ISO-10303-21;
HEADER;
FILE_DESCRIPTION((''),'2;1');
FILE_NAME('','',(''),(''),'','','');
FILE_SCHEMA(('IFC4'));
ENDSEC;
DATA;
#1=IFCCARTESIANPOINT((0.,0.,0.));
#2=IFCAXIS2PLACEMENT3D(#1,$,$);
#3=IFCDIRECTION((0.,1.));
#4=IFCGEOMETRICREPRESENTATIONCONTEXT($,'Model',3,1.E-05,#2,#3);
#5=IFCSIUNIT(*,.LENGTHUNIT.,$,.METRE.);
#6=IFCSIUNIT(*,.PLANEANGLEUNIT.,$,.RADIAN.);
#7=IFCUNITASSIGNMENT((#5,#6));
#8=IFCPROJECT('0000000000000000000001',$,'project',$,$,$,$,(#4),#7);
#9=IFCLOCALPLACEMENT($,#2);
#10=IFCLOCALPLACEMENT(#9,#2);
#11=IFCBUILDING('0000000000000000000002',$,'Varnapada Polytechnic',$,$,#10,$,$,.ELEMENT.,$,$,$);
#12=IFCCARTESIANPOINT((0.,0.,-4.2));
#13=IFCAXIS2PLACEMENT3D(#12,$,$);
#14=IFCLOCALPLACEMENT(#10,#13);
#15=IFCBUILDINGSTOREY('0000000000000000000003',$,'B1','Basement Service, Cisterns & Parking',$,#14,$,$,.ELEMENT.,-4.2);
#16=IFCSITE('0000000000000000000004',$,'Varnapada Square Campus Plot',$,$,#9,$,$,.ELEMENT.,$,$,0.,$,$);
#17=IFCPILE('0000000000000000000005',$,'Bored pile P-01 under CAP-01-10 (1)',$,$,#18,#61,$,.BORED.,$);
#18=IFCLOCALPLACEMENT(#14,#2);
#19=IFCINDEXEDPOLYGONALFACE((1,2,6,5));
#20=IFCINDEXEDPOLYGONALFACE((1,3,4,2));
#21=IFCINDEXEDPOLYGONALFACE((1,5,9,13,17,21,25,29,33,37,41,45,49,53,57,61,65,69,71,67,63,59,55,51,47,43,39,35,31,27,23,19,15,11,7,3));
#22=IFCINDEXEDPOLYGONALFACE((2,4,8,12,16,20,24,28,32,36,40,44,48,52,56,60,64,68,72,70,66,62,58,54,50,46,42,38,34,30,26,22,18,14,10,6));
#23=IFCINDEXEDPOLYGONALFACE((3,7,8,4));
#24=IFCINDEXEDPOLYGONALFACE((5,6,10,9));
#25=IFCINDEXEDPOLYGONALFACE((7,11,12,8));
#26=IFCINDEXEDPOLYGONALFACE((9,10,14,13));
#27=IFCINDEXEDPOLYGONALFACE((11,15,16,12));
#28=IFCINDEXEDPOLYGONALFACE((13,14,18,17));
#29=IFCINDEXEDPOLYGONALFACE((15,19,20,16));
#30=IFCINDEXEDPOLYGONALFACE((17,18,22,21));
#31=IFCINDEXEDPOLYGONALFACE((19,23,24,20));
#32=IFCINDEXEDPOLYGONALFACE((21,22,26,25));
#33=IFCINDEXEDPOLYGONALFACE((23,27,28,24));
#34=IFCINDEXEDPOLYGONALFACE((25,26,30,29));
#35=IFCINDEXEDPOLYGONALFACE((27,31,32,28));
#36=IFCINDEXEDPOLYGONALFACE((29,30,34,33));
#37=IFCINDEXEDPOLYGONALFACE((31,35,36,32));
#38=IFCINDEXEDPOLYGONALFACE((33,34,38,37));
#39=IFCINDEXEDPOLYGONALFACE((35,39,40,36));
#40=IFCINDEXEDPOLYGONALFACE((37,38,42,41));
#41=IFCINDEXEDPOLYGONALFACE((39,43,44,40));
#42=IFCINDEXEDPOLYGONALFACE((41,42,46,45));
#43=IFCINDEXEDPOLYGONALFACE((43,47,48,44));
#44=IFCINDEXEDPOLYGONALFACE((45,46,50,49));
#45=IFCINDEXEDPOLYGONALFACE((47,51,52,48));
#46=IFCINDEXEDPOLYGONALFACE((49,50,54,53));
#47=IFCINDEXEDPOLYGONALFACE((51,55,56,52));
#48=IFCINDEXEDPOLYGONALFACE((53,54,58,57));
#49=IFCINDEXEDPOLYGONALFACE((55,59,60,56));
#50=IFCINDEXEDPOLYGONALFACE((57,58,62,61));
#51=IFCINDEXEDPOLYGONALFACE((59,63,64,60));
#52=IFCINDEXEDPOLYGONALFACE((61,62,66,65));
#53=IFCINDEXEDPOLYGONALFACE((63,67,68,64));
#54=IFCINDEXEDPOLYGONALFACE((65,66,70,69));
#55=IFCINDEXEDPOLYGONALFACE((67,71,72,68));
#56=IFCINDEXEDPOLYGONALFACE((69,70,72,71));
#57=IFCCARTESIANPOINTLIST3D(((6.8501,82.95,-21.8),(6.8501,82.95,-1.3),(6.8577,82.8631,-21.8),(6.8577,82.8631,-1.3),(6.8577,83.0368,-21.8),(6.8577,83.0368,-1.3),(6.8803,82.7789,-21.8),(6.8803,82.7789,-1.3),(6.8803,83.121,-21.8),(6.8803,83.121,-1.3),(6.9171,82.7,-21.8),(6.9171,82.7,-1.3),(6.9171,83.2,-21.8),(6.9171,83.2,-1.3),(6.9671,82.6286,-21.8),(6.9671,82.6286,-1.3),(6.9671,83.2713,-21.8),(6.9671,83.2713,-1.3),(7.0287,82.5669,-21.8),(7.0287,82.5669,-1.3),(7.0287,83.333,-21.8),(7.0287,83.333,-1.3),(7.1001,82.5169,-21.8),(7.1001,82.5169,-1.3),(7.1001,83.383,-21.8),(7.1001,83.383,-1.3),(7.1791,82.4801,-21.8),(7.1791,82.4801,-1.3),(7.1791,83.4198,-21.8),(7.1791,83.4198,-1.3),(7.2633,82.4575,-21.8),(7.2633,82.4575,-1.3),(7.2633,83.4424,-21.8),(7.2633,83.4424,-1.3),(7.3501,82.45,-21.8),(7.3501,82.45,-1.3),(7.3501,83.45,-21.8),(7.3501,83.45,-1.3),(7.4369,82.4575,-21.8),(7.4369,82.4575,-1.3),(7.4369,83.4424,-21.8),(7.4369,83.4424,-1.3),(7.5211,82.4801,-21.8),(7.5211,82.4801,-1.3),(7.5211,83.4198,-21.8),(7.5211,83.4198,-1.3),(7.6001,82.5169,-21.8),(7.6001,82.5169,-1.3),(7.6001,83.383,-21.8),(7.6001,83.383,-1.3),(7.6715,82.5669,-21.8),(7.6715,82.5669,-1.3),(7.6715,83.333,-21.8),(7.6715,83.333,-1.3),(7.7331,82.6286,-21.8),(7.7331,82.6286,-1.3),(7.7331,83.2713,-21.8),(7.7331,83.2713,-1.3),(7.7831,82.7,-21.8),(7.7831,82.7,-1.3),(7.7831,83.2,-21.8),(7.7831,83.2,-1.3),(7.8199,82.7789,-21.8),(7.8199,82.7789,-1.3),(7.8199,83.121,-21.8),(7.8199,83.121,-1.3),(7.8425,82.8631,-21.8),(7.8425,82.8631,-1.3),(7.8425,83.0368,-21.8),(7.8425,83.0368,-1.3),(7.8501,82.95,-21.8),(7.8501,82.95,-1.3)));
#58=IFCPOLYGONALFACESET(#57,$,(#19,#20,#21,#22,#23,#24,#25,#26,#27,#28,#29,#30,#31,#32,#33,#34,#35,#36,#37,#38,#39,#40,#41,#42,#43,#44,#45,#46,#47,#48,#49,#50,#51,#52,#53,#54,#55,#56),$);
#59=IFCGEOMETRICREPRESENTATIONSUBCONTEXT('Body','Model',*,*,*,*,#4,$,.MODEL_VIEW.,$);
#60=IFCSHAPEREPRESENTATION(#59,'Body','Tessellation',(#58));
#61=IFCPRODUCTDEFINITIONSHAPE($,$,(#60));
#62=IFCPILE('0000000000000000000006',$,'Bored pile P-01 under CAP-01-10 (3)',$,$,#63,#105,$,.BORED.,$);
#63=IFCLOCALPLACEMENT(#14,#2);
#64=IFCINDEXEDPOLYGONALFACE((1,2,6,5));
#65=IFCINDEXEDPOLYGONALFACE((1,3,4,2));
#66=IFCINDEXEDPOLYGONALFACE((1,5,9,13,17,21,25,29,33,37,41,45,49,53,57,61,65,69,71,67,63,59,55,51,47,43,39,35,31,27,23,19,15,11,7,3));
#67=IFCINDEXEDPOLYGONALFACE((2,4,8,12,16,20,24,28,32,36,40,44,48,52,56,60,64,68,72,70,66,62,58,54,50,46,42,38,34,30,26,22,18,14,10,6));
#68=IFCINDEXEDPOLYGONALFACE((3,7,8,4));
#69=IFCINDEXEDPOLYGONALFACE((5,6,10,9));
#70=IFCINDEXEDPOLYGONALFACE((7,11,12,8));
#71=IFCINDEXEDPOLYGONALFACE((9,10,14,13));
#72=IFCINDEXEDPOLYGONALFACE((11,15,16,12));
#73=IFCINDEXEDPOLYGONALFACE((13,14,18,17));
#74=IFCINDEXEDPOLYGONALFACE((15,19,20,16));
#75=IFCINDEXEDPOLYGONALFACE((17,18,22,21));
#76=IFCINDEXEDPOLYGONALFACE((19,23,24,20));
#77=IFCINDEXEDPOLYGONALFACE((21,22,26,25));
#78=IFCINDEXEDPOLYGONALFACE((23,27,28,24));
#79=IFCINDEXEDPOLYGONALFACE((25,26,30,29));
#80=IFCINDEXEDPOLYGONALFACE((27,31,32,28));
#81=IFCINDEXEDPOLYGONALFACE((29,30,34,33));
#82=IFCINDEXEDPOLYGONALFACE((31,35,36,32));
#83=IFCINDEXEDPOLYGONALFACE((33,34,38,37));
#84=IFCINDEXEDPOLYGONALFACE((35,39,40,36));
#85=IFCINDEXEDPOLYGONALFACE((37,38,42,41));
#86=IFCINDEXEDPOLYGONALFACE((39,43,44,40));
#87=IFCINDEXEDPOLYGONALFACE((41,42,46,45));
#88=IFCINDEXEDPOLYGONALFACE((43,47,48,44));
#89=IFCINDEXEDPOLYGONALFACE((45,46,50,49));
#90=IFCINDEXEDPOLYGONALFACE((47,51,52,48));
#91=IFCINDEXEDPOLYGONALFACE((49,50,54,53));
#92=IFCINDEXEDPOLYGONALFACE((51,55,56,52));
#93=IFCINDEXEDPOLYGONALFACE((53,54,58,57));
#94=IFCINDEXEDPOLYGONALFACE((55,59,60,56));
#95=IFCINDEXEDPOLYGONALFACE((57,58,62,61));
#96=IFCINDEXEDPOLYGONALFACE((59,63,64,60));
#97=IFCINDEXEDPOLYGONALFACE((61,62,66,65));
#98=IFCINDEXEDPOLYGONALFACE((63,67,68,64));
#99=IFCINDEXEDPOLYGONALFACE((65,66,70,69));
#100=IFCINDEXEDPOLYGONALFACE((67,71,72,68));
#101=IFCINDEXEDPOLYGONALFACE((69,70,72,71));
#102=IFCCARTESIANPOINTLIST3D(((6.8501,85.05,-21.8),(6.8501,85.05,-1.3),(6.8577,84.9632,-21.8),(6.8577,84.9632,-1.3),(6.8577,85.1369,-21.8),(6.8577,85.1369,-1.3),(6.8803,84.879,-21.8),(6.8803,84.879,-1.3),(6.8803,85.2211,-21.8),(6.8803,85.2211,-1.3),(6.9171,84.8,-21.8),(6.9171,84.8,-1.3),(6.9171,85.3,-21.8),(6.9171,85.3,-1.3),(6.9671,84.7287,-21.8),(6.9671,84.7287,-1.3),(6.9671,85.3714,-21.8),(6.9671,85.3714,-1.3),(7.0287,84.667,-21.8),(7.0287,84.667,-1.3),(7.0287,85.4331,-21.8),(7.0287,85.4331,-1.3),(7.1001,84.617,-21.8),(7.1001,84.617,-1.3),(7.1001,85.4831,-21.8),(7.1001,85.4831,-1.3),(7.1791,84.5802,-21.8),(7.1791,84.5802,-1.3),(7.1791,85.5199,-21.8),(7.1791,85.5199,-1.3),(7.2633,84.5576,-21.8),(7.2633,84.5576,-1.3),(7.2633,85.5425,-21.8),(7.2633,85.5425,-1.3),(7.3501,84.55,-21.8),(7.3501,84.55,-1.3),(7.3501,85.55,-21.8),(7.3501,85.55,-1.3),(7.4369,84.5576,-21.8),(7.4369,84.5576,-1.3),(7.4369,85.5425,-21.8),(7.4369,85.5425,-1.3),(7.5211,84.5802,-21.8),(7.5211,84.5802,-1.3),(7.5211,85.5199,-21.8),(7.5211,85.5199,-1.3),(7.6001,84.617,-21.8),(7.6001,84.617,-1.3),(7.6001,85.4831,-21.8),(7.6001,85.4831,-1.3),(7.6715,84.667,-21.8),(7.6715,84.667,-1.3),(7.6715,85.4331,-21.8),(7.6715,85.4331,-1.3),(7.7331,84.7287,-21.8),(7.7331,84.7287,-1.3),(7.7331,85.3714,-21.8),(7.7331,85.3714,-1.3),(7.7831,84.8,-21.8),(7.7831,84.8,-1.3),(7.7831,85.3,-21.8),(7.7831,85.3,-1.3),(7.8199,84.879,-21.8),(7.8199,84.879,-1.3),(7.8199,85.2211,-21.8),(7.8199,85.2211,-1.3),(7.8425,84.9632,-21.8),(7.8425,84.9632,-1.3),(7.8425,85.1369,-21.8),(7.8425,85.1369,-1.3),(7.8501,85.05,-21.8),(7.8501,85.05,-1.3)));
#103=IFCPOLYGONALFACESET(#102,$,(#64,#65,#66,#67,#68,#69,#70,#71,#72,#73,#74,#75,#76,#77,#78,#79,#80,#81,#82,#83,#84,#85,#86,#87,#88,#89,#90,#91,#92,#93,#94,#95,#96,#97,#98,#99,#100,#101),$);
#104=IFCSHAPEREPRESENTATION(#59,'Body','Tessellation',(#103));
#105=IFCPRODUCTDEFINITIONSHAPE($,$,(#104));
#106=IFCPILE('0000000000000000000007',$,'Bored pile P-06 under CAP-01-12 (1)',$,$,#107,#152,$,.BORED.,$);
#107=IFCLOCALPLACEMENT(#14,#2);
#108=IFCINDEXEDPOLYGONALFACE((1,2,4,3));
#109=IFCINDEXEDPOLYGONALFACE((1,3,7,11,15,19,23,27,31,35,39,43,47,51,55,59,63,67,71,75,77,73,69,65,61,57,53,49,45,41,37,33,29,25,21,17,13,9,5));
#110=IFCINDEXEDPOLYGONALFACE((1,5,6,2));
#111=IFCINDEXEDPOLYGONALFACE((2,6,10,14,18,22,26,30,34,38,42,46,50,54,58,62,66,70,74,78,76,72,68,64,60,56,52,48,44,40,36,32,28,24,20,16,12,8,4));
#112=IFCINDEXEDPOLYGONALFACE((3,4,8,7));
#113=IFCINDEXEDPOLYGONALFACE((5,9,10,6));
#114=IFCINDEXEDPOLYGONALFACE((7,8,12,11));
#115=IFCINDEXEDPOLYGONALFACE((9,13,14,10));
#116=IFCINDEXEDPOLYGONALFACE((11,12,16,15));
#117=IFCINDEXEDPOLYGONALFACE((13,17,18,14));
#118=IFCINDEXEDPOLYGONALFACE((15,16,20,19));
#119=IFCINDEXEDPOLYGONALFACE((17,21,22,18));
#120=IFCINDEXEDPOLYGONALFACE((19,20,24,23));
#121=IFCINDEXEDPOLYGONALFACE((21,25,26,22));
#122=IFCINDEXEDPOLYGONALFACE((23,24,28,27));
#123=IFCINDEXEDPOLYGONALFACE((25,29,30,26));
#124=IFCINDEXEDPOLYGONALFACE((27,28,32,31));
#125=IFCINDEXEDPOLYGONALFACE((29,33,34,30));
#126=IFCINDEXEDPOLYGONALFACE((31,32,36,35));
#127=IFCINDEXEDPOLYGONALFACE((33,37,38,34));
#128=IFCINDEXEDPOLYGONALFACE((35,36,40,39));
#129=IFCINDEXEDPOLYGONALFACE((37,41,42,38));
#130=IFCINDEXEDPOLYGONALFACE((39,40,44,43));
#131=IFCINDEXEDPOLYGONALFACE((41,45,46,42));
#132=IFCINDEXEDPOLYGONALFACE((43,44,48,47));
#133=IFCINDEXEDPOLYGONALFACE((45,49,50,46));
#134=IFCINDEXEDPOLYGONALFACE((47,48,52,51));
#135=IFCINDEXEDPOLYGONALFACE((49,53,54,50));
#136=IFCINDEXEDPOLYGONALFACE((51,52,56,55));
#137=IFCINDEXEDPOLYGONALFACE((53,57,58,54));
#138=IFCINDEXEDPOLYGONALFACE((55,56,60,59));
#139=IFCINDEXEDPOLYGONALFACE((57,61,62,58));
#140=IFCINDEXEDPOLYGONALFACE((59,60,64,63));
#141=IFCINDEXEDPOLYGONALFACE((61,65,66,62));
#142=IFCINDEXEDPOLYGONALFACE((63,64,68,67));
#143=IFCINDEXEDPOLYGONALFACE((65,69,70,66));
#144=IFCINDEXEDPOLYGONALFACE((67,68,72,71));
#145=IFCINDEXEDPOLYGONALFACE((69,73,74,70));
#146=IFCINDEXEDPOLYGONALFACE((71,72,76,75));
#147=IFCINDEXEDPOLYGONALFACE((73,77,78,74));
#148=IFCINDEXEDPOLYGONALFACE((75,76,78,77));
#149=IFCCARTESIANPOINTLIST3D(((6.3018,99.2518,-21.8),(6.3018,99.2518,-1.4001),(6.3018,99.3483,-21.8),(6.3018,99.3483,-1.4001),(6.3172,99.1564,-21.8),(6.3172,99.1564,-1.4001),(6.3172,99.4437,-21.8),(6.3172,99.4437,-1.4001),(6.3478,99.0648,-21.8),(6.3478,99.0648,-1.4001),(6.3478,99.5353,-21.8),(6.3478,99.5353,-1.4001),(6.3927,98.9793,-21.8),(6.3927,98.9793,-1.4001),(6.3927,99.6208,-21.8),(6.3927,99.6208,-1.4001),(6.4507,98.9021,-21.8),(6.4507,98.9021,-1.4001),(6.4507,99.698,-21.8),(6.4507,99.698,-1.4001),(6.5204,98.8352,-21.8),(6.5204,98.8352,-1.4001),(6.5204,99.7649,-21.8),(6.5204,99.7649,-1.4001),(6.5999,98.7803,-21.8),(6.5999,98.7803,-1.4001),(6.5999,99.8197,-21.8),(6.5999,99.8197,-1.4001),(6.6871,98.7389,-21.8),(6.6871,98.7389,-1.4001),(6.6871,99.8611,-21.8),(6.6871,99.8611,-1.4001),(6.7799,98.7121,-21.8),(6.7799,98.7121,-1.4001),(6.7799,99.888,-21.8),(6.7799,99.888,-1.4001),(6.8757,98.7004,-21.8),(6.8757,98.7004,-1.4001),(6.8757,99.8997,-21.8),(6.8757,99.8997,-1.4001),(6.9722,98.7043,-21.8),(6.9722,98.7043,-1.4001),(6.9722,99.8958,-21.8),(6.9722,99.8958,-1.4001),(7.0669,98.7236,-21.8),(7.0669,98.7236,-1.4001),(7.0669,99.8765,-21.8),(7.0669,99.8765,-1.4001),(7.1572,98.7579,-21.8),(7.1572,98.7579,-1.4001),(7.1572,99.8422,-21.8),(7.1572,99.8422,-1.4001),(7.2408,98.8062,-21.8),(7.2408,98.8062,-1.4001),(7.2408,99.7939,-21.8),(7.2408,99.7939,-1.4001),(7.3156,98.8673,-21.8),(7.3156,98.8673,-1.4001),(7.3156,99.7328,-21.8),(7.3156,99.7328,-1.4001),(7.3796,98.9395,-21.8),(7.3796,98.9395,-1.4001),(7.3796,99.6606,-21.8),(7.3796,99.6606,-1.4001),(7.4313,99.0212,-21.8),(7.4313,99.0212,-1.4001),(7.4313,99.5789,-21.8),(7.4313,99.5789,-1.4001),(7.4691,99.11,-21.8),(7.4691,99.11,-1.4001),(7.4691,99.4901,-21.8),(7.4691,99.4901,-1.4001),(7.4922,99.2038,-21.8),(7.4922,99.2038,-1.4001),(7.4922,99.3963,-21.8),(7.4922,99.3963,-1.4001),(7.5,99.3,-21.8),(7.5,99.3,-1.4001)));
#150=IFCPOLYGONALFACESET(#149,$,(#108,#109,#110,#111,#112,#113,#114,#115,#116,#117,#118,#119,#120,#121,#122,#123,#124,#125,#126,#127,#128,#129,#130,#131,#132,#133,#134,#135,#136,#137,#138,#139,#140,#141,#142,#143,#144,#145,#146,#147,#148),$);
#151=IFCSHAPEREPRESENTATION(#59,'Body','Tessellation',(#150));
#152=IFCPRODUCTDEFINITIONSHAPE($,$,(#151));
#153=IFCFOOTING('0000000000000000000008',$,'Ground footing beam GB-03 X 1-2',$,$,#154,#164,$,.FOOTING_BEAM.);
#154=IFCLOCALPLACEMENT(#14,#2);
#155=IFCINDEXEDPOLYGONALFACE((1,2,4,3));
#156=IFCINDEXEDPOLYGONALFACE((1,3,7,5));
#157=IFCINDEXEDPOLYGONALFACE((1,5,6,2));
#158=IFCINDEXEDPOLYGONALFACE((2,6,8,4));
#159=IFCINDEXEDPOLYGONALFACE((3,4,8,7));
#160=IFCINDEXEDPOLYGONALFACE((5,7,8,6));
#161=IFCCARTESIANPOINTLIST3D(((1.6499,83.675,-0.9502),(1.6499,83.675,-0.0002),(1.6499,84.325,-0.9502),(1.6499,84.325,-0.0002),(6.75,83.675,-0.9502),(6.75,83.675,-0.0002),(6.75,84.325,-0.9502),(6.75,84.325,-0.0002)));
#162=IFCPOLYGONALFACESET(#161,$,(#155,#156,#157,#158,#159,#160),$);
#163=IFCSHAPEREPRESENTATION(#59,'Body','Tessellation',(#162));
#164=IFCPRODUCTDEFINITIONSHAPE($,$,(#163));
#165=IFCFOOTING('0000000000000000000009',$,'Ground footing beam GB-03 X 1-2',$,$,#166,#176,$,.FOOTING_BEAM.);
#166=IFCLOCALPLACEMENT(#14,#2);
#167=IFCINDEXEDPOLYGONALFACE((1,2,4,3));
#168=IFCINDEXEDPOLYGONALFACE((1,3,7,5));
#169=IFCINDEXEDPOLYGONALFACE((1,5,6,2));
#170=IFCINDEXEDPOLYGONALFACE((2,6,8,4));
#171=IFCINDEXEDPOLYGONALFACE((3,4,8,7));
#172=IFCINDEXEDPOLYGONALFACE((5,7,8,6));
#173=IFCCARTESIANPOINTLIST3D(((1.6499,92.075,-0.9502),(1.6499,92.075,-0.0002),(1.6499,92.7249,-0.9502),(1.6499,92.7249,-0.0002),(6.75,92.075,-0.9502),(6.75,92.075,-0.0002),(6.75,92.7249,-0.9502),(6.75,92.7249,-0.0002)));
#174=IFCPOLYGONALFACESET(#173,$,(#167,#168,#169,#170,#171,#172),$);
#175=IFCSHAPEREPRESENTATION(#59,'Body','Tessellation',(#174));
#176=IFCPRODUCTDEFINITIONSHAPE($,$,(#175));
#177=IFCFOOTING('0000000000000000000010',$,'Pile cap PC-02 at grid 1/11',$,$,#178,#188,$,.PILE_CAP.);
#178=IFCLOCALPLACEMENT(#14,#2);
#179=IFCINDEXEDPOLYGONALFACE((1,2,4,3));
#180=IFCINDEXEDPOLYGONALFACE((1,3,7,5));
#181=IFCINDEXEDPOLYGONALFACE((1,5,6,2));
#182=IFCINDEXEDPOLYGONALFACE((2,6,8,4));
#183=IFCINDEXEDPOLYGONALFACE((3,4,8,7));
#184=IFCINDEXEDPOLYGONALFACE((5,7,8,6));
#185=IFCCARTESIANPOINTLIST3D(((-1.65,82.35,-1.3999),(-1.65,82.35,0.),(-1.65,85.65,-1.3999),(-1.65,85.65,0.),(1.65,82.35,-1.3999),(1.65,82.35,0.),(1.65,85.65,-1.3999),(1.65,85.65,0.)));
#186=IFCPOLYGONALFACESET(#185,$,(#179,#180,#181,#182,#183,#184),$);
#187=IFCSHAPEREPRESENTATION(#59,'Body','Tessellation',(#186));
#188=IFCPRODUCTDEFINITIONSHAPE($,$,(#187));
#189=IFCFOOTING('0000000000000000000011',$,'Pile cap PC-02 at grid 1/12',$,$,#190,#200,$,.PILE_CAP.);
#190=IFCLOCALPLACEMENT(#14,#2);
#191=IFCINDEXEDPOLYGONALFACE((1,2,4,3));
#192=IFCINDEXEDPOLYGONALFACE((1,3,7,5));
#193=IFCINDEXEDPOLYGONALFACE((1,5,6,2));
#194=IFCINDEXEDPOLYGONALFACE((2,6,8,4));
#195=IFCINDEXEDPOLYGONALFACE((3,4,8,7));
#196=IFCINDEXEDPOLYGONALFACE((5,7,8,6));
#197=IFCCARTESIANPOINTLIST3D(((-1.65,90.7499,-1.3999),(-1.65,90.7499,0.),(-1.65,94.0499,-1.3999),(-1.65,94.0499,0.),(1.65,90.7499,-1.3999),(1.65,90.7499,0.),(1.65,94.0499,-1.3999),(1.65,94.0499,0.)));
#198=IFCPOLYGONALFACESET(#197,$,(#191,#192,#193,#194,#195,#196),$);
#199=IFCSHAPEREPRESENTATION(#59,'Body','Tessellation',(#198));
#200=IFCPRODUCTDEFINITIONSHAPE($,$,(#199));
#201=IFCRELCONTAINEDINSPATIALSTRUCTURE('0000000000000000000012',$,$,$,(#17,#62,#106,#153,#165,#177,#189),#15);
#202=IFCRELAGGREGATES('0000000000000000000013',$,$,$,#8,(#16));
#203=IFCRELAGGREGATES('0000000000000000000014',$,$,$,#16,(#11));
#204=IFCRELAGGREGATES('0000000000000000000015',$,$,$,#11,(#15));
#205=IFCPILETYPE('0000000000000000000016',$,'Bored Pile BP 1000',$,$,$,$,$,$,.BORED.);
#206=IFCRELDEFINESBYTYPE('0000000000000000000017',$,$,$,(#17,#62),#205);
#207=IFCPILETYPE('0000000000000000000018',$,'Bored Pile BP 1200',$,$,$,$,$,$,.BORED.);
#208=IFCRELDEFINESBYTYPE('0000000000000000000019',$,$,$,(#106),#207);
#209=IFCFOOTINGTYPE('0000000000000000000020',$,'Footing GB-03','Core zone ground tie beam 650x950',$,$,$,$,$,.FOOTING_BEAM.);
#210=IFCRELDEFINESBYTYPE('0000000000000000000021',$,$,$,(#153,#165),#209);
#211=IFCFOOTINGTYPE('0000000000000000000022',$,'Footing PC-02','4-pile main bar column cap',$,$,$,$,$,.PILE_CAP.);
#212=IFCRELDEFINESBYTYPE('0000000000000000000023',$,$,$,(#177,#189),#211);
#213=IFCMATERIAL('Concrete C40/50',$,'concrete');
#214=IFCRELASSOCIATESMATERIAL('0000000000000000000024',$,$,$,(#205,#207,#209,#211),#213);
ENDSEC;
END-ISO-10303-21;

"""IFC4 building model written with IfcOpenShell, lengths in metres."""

from ifc_helpers import new_model, si_unit, direction, frame, origin, origin_2d, place, context, subcontext, project, spatial, rectangle, circle, extrude, material, material_profile, profile_set, type_object, element, save


model = new_model("IFC4")

# Units and contexts
model_context = context("Model", 3, precision=1e-05, world=origin(), true_north=direction((0.0, 1.0)))
body_context = subcontext(model_context, "Body", "Model", "MODEL_VIEW")
ifc_project = project(units=[si_unit("LENGTHUNIT", "METRE"), si_unit("PLANEANGLEUNIT", "RADIAN")], contexts=[model_context])

# Site, building, storey
site_placement = place(None, origin())
site = spatial("IfcSite", under=ifc_project, at=site_placement, Name="Varnapada Square Campus Plot", CompositionType="ELEMENT", RefElevation=0.0)
building_placement = place(site_placement, origin())
building = spatial("IfcBuilding", under=site, at=building_placement, Name="Varnapada Polytechnic", CompositionType="ELEMENT")
storey_placement = place(building_placement, frame((0.0, 0.0, -4.2)))
storey = spatial("IfcBuildingStorey", under=building, at=storey_placement, Name="B1", Description="Basement Service, Cisterns & Parking", CompositionType="ELEMENT", Elevation=-4.2)

# Piles
ifc_material_1 = material(Name="Concrete C40/50", Category="concrete")
ifc_material_profile_1 = material_profile(ifc_material_1, circle(Radius=0.5, at=origin_2d()), Name="BP 1000")
ifc_profile_set_1 = profile_set([ifc_material_profile_1], Name="Concrete C40/50")
pile_type_1 = type_object("IfcPileType", Name="Bored Pile BP 1000", PredefinedType="BORED", material=ifc_profile_set_1)
for number, where, z_axis, x_axis, name in (
    (1, (7.3501, 82.95, -1.3), (0.0, 0.0, -1.0), (1.0, 0.0, 0.0), "Bored pile P-01 under CAP-01-10 (1)"),
    (2, (7.3501, 85.05, -1.3), (0.0, 0.0, -1.0), (1.0, 0.0, 0.0), "Bored pile P-01 under CAP-01-10 (3)"),
):
    element("IfcPile", number, at=place(storey_placement, frame(where, z_axis=z_axis, x_axis=x_axis)), inside=storey, type_object=pile_type_1, Name=name, PredefinedType="BORED", context=body_context, shape_type="SweptSolid", body=[
        extrude(circle(Radius=0.5, at=origin_2d()), origin(), (0.0, 0.0, 1.0), 20.5),
    ])
ifc_material_profile_2 = material_profile(ifc_material_1, circle(Radius=0.6001, at=origin_2d()), Name="BP 1200")
ifc_profile_set_2 = profile_set([ifc_material_profile_2], Name="Concrete C40/50")
pile_type_2 = type_object("IfcPileType", Name="Bored Pile BP 1200", PredefinedType="BORED", material=ifc_profile_set_2)
pile_placement = place(storey_placement, frame((6.8999, 99.3, -1.4001), z_axis=(0.0, 0.0, -1.0), x_axis=(1.0, 0.0, 0.0)))
element("IfcPile", 3, at=pile_placement, inside=storey, type_object=pile_type_2, Name="Bored pile P-06 under CAP-01-12 (1)", PredefinedType="BORED", context=body_context, shape_type="SweptSolid", body=[
    extrude(circle(Radius=0.6001, at=origin_2d()), origin(), (0.0, 0.0, 1.0), 20.3999),
])

# Footings
footing_type_1 = type_object("IfcFootingType", Name="Footing GB-03", Description="Core zone ground tie beam 650x950", PredefinedType="FOOTING_BEAM", material=ifc_material_1)
for number, where, z_axis, x_axis, name in (
    (4, (4.2, 84.0, -0.9502), (0.0, 0.0, 1.0), (1.0, 0.0, 0.0), "Ground footing beam GB-03 X 1-2"),
    (5, (4.2, 92.3999, -0.9502), (0.0, 0.0, 1.0), (1.0, 0.0, 0.0), "Ground footing beam GB-03 X 1-2"),
):
    element("IfcFooting", number, at=place(storey_placement, frame(where, z_axis=z_axis, x_axis=x_axis)), inside=storey, type_object=footing_type_1, Name=name, PredefinedType="FOOTING_BEAM", context=body_context, shape_type="SweptSolid", body=[
        extrude(rectangle(XDim=5.1001, YDim=0.6499, at=origin_2d()), origin(), (0.0, 0.0, 1.0), 0.95),
    ])
footing_type_2 = type_object("IfcFootingType", Name="Footing PC-02", Description="4-pile main bar column cap", PredefinedType="PILE_CAP", material=ifc_material_1)
for number, where, z_axis, x_axis, name in (
    (6, (0.0, 84.0, -1.3999), (0.0, 0.0, 1.0), (1.0, 0.0, 0.0), "Pile cap PC-02 at grid 1/11"),
    (7, (0.0, 92.3999, -1.3999), (0.0, 0.0, 1.0), (1.0, 0.0, 0.0), "Pile cap PC-02 at grid 1/12"),
):
    element("IfcFooting", number, at=place(storey_placement, frame(where, z_axis=z_axis, x_axis=x_axis)), inside=storey, type_object=footing_type_2, Name=name, PredefinedType="PILE_CAP", context=body_context, shape_type="SweptSolid", body=[
        extrude(rectangle(XDim=3.3, YDim=3.3, at=origin_2d()), origin(), (0.0, 0.0, 1.0), 1.3999),
    ])

save(model, "model.ifc")
